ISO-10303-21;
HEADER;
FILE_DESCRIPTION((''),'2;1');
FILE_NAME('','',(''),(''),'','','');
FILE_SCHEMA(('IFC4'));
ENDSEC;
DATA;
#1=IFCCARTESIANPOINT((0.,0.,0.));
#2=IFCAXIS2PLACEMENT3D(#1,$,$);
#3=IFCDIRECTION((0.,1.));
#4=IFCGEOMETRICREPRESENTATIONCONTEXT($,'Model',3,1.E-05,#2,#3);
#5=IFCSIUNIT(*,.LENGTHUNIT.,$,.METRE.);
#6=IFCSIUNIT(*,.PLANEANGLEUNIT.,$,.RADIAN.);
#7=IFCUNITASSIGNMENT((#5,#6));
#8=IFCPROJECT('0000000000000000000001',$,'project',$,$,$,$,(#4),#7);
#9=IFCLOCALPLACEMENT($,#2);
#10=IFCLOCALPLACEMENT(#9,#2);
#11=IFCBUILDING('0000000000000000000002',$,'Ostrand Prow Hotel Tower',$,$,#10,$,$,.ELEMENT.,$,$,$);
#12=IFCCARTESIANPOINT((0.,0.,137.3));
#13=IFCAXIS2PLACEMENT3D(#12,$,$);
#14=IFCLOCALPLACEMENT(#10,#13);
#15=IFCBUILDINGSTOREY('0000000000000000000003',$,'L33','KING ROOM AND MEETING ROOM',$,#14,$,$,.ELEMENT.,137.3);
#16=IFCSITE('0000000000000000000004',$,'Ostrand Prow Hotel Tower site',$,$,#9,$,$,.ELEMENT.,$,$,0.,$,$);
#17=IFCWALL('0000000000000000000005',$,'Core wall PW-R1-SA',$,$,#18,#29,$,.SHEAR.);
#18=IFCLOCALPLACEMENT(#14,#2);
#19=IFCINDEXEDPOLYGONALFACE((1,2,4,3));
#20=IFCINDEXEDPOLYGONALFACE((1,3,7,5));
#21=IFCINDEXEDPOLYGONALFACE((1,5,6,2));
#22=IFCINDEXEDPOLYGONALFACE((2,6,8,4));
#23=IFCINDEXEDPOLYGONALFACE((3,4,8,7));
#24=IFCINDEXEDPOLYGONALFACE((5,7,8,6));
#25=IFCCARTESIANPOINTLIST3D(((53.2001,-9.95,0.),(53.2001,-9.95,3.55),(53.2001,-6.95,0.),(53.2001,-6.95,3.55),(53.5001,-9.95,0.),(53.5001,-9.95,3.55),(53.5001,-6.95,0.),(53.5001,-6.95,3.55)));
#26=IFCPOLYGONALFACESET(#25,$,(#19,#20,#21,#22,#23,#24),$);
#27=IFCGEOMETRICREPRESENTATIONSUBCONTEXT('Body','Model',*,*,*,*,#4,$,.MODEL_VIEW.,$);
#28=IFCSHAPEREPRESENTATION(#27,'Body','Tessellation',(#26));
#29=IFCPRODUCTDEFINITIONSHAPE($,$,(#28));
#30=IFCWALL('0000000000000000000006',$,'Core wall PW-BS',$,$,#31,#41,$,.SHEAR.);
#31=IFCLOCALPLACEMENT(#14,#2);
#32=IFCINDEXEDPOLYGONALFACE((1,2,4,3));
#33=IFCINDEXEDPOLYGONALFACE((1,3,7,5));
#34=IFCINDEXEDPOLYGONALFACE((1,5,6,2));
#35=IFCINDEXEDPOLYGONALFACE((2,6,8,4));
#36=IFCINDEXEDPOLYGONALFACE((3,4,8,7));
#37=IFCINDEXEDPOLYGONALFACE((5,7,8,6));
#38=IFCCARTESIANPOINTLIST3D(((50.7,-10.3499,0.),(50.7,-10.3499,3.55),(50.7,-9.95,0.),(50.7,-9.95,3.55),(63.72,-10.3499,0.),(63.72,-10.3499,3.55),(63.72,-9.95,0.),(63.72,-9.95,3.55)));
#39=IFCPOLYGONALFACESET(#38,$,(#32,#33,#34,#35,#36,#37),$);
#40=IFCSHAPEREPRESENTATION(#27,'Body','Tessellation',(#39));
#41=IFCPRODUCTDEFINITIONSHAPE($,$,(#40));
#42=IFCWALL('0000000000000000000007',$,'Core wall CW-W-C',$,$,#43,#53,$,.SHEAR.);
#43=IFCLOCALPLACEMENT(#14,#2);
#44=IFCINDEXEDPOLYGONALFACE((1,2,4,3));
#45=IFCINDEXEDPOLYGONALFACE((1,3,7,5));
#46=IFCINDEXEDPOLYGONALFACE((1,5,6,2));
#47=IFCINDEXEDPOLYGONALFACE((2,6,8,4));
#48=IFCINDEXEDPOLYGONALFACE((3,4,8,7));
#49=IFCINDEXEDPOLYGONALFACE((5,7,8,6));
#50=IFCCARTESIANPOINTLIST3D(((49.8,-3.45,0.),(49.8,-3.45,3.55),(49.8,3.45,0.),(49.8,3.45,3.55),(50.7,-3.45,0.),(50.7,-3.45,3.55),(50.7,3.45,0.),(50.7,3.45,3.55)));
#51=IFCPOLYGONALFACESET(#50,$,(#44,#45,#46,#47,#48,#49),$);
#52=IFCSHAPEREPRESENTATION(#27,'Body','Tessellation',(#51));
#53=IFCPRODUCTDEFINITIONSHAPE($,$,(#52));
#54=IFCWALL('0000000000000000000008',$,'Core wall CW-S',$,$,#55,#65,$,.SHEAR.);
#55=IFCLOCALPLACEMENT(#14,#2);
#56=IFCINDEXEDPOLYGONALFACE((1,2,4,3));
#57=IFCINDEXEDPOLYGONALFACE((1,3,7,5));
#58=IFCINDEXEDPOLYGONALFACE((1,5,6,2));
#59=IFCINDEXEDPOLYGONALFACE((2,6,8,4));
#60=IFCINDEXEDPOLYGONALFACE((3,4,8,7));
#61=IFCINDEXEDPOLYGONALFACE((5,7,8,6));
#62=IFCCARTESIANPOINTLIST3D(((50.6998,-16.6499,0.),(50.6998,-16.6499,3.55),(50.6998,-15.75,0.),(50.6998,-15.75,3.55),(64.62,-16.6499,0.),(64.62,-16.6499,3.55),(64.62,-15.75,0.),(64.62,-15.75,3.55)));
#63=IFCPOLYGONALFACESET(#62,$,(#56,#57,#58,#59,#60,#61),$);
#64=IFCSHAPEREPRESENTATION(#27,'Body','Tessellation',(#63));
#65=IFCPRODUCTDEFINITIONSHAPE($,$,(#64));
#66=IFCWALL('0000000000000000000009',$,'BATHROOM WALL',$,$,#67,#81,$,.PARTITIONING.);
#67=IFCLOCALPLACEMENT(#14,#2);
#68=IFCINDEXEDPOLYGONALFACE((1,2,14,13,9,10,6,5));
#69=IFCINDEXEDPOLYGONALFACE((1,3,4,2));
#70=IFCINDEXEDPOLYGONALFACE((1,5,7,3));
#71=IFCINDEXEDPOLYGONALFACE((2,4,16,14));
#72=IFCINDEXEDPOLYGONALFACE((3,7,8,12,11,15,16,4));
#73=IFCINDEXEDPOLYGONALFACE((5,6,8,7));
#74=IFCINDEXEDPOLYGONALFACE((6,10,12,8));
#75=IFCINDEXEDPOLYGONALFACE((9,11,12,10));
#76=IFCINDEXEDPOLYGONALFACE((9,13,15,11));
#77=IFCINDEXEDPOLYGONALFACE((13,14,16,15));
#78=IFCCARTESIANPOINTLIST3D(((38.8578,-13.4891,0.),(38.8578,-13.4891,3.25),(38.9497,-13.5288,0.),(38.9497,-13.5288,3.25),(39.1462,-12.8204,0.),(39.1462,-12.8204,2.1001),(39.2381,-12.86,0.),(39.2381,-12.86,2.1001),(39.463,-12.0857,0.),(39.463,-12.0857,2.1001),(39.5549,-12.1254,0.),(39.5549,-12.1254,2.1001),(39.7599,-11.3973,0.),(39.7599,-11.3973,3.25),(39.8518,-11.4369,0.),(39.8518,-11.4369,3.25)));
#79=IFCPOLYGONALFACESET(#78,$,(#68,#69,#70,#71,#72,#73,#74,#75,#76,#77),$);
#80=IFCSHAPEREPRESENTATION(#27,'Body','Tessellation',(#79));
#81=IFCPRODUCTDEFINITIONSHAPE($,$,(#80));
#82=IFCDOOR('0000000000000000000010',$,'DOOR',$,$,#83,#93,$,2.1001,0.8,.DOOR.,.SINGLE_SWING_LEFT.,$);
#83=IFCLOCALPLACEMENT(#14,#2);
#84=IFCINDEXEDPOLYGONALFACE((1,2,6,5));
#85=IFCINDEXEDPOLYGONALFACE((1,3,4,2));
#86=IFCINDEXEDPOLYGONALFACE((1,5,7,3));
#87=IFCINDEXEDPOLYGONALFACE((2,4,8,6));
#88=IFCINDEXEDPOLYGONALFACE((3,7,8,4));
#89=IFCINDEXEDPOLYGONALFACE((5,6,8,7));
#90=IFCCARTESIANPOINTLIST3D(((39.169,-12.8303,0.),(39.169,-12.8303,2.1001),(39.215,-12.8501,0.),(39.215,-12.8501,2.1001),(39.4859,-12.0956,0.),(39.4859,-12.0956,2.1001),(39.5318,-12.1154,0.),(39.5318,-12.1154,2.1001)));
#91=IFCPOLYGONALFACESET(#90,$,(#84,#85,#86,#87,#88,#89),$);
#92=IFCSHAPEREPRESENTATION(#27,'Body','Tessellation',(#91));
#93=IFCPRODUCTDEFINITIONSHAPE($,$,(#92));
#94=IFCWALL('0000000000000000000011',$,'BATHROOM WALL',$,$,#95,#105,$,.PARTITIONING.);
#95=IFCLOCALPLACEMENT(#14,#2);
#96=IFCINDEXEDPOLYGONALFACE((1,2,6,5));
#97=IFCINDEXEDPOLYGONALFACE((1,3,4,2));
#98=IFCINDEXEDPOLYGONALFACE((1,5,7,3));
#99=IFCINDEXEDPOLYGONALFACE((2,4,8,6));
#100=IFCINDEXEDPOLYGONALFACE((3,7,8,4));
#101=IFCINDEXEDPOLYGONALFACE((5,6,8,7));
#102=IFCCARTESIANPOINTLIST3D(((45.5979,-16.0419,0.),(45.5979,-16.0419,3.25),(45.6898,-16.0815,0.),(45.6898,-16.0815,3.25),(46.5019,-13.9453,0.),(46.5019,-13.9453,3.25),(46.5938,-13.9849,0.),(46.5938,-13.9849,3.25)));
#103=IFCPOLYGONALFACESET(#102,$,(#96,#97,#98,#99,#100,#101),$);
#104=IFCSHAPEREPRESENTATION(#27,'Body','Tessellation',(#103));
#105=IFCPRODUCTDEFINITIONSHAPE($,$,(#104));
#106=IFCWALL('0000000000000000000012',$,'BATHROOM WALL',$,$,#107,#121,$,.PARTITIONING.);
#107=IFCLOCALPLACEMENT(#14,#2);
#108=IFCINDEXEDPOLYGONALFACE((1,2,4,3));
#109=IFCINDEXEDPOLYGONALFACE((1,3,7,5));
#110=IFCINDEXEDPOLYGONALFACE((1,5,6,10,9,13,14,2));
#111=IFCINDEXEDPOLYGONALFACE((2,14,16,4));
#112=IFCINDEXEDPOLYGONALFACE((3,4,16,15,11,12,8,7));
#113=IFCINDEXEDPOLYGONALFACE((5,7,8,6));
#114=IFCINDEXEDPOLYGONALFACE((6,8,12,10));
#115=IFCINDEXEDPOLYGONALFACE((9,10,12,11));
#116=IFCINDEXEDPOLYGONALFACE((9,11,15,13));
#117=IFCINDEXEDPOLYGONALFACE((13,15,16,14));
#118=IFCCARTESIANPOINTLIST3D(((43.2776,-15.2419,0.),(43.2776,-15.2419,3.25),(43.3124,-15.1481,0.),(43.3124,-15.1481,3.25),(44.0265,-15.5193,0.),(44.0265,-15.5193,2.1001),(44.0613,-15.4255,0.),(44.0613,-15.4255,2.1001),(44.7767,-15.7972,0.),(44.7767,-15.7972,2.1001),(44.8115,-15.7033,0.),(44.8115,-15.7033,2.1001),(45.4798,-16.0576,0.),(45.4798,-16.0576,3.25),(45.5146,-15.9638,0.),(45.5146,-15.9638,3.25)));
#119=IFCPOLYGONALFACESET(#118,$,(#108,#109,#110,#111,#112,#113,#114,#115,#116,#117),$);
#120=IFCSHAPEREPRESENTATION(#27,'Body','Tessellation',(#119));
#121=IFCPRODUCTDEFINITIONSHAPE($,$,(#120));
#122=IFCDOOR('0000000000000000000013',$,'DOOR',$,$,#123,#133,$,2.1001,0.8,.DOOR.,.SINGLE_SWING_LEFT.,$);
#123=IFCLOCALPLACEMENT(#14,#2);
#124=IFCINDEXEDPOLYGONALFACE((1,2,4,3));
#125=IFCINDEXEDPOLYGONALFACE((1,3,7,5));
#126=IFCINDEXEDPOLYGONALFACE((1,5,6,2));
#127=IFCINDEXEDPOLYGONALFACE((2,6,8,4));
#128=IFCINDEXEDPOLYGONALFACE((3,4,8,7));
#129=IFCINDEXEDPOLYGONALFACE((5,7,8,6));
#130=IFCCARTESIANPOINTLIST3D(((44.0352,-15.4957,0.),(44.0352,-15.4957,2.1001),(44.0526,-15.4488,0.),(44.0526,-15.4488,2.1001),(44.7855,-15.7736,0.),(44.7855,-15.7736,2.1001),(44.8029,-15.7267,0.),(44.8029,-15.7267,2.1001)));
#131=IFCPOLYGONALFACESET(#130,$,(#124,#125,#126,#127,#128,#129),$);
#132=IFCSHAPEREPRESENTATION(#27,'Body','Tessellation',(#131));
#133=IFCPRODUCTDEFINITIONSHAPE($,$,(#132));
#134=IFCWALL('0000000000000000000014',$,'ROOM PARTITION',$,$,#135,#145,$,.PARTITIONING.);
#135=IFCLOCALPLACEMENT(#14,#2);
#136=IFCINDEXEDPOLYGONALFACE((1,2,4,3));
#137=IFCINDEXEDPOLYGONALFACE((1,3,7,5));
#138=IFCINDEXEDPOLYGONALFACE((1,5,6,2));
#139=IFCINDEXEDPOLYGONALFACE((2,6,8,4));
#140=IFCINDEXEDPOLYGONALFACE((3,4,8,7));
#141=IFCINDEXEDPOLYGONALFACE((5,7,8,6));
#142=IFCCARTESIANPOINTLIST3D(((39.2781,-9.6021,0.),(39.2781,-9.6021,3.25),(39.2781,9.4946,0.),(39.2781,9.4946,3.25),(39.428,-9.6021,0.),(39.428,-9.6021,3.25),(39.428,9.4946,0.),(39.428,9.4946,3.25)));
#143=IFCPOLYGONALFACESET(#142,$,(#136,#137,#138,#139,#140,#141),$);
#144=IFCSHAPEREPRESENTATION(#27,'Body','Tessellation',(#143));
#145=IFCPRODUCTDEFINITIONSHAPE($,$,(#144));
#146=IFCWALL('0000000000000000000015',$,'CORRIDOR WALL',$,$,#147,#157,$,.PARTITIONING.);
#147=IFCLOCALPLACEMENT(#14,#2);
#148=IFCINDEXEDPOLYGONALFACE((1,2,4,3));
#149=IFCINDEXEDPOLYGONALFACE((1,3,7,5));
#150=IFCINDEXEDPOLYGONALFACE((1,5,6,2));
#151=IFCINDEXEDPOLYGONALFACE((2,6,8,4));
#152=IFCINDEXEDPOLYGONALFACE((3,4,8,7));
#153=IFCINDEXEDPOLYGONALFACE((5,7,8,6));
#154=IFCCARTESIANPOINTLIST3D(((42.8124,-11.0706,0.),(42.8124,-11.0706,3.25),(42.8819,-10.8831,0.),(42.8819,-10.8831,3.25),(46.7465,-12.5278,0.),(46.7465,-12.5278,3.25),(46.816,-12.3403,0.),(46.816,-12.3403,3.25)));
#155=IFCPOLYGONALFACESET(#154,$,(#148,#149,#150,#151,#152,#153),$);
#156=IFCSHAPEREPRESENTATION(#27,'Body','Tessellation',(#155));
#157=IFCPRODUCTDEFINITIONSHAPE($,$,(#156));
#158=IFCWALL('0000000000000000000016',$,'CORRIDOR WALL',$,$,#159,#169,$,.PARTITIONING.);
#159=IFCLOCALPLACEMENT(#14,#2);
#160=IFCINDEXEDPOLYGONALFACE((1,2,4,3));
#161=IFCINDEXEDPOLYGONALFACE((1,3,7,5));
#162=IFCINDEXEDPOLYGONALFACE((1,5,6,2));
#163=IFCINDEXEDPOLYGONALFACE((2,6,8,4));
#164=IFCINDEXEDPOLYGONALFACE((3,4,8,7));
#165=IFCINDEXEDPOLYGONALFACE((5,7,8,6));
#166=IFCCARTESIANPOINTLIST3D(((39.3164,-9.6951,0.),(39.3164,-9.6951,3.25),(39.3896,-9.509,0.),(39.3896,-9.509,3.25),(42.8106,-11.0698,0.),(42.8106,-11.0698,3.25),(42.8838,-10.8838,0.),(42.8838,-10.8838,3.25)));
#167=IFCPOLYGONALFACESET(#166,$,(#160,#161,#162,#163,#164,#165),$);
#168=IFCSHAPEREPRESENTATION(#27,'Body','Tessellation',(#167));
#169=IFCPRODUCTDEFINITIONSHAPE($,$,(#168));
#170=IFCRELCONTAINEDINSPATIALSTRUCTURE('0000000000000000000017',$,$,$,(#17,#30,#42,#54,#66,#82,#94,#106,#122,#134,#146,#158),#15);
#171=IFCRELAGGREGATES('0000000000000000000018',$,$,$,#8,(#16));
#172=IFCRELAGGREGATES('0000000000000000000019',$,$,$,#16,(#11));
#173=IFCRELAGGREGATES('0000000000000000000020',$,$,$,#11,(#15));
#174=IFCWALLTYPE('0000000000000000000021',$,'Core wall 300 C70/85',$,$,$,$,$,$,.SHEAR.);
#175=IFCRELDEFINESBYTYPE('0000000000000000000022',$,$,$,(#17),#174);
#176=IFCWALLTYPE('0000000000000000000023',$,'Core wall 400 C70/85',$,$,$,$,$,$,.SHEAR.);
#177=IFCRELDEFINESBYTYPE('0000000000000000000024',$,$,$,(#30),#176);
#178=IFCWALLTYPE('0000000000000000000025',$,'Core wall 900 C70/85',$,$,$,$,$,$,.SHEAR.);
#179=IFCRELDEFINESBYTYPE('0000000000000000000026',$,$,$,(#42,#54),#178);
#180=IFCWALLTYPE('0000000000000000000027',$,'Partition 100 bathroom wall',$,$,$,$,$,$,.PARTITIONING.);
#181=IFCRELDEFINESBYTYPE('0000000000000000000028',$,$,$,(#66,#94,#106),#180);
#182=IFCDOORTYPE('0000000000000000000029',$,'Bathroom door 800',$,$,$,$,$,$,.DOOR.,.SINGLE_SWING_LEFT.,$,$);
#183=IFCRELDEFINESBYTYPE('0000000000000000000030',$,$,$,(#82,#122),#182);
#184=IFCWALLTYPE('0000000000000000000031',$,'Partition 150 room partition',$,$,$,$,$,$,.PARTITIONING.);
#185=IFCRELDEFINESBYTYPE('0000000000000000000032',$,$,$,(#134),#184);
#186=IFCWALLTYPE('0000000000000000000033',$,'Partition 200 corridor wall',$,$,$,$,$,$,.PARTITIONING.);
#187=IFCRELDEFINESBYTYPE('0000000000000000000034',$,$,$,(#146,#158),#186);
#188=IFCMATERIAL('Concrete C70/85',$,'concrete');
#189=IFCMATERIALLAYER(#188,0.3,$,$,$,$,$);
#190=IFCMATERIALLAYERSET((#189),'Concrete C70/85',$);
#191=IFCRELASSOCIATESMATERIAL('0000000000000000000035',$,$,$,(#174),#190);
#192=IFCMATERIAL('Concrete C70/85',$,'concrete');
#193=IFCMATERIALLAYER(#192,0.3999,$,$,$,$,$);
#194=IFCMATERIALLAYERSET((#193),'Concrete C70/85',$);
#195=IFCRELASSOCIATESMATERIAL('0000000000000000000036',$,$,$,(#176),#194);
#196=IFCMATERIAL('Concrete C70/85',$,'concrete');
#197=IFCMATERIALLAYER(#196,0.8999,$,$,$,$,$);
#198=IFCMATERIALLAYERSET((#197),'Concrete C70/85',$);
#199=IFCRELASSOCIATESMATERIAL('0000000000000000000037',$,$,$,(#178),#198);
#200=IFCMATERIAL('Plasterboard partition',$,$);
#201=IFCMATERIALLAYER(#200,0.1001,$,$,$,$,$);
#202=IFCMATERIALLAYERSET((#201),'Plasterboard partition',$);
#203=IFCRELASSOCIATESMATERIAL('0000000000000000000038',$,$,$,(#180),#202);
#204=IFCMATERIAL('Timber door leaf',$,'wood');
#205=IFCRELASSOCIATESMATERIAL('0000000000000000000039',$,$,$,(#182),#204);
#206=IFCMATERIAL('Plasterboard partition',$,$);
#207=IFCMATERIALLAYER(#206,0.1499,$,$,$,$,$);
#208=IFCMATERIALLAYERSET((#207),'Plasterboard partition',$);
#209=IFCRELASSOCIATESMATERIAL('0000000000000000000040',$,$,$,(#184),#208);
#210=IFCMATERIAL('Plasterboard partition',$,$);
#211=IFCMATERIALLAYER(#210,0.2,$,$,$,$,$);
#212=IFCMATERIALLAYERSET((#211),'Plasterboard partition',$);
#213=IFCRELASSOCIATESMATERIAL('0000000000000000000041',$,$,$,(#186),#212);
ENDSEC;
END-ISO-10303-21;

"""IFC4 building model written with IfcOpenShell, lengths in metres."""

from ifc_helpers import new_model, si_unit, direction, frame, frame_2d, origin, place, context, subcontext, project, spatial, rectangle, extrude, material, layer, layer_set, type_object, element, fill, save


model = new_model("IFC4")

# Units and contexts
model_context = context("Model", 3, precision=1e-05, world=origin(), true_north=direction((0.0, 1.0)))
body_context = subcontext(model_context, "Body", "Model", "MODEL_VIEW")
ifc_project = project(units=[si_unit("LENGTHUNIT", "METRE"), si_unit("PLANEANGLEUNIT", "RADIAN")], contexts=[model_context])

# Site, building, storey
site_placement = place(None, origin())
site = spatial("IfcSite", under=ifc_project, at=site_placement, Name="Ostrand Prow Hotel Tower site", CompositionType="ELEMENT", RefElevation=0.0)
building_placement = place(site_placement, origin())
building = spatial("IfcBuilding", under=site, at=building_placement, Name="Ostrand Prow Hotel Tower", CompositionType="ELEMENT")
storey_placement = place(building_placement, frame((0.0, 0.0, 137.3)))
storey = spatial("IfcBuildingStorey", under=building, at=storey_placement, Name="L33", Description="KING ROOM AND MEETING ROOM", CompositionType="ELEMENT", Elevation=137.3)

# Shared definitions
ifc_material_1 = material(Name="Concrete C70/85", Category="concrete")
ifc_layer_1 = layer(ifc_material_1, 0.3)
ifc_layer_set_1 = layer_set([ifc_layer_1], Name="Concrete C70/85")
wall_type_1 = type_object("IfcWallType", Name="Core wall 300 C70/85", PredefinedType="SHEAR", material=ifc_layer_set_1)

# Walls
for number, where, z_axis, x_axis, name in (
    (1, (53.3501, -9.95, 0.0), (0.0, 0.0, 1.0), (0.0, 1.0, 0.0), "Core wall PW-R1-SA"),
):
    element("IfcWall", number, at=place(storey_placement, frame(where, z_axis=z_axis, x_axis=x_axis)), inside=storey, type_object=wall_type_1, Name=name, PredefinedType="SHEAR", context=body_context, shape_type="SweptSolid", body=[
        extrude(rectangle(XDim=3.0, YDim=0.3, at=frame_2d((1.5, 0.0))), origin(), (0.0, 0.0, 1.0), 3.55),
    ])
ifc_material_2 = material(Name="Concrete C70/85", Category="concrete")
ifc_layer_2 = layer(ifc_material_2, 0.3999)
ifc_layer_set_2 = layer_set([ifc_layer_2], Name="Concrete C70/85")
wall_type_2 = type_object("IfcWallType", Name="Core wall 400 C70/85", PredefinedType="SHEAR", material=ifc_layer_set_2)
wall_1_placement = place(storey_placement, frame((50.7, -10.1499, 0.0), z_axis=(0.0, 0.0, 1.0), x_axis=(1.0, 0.0, 0.0)))
element("IfcWall", 2, at=wall_1_placement, inside=storey, type_object=wall_type_2, Name="Core wall PW-BS", PredefinedType="SHEAR", context=body_context, shape_type="SweptSolid", body=[
    extrude(rectangle(XDim=13.02, YDim=0.3999, at=frame_2d((6.51, 0.0))), origin(), (0.0, 0.0, 1.0), 3.55),
])
ifc_material_3 = material(Name="Concrete C70/85", Category="concrete")
ifc_layer_3 = layer(ifc_material_3, 0.8999)
ifc_layer_set_3 = layer_set([ifc_layer_3], Name="Concrete C70/85")
wall_type_3 = type_object("IfcWallType", Name="Core wall 900 C70/85", PredefinedType="SHEAR", material=ifc_layer_set_3)
wall_2_placement = place(storey_placement, frame((50.25, -3.45, 0.0), z_axis=(0.0, 0.0, 1.0), x_axis=(0.0, 1.0, 0.0)))
element("IfcWall", 3, at=wall_2_placement, inside=storey, type_object=wall_type_3, Name="Core wall CW-W-C", PredefinedType="SHEAR", context=body_context, shape_type="SweptSolid", body=[
    extrude(rectangle(XDim=6.8999, YDim=0.8999, at=frame_2d((3.45, 0.0))), origin(), (0.0, 0.0, 1.0), 3.55),
])
wall_3_placement = place(storey_placement, frame((50.7, -16.2, 0.0), z_axis=(0.0, 0.0, 1.0), x_axis=(1.0, 0.0, 0.0)))
element("IfcWall", 4, at=wall_3_placement, inside=storey, type_object=wall_type_3, Name="Core wall CW-S", PredefinedType="SHEAR", context=body_context, shape_type="SweptSolid", body=[
    extrude(rectangle(XDim=13.9202, YDim=0.8999, at=frame_2d((6.96, 0.0))), origin(), (0.0, 0.0, 1.0), 3.55),
])

# Wall, opening, door
ifc_material_4 = material(Name="Plasterboard partition")
ifc_layer_4 = layer(ifc_material_4, 0.1001)
ifc_layer_set_4 = layer_set([ifc_layer_4], Name="Plasterboard partition")
wall_type_4 = type_object("IfcWallType", Name="Partition 100 bathroom wall", PredefinedType="PARTITIONING", material=ifc_layer_set_4)
wall_4_placement = place(storey_placement, frame((39.8059, -11.417, 0.0), z_axis=(0.0, 0.0, 1.0), x_axis=(-0.396001, -0.91825, 0.0)))
wall_4 = element("IfcWall", 5, at=wall_4_placement, inside=storey, type_object=wall_type_4, Name="BATHROOM WALL", PredefinedType="PARTITIONING", context=body_context, shape_type="SweptSolid", body=[
    extrude(rectangle(XDim=2.2781, YDim=0.1001, at=frame_2d((1.1392, 0.0))), origin(), (0.0, 0.0, 1.0), 3.25),
])
opening_1_placement = place(wall_4_placement, frame((0.75, 0.0, 0.0)))
opening_1 = element("IfcOpeningElement", 6, at=opening_1_placement, cuts=wall_4, PredefinedType="OPENING", context=body_context, shape_type="SweptSolid", body=[
    extrude(rectangle(XDim=0.8, YDim=2.1001, at=frame_2d((0.3999, 1.05))), frame((0.0, 0.0601, 0.0), z_axis=(0.0, -1.0, 0.0), x_axis=(1.0, 0.0, 0.0)), (0.0, 0.0, 1.0), 0.1201),
])
ifc_material_5 = material(Name="Timber door leaf", Category="wood")
door_type_1 = type_object("IfcDoorType", Name="Bathroom door 800", OperationType="SINGLE_SWING_LEFT", PredefinedType="DOOR", material=ifc_material_5)
door_1_placement = place(opening_1_placement, origin())
door_1 = element("IfcDoor", 7, at=door_1_placement, inside=storey, type_object=door_type_1, Name="DOOR", OperationType="SINGLE_SWING_LEFT", OverallHeight=2.1001, OverallWidth=0.8, PredefinedType="DOOR", context=body_context, shape_type="SweptSolid", body=[
    extrude(rectangle(XDim=0.8, YDim=2.1001, at=frame_2d((0.3999, 1.05))), frame((0.0, 0.0249, 0.0), z_axis=(0.0, -1.0, 0.0), x_axis=(1.0, 0.0, 0.0)), (0.0, 0.0, 1.0), 0.05),
])
fill(opening_1, door_1)

# Wall
wall_5_placement = place(storey_placement, frame((46.5479, -13.9651, 0.0), z_axis=(0.0, 0.0, 1.0), x_axis=(-0.395944, -0.918274, 0.0)))
element("IfcWall", 8, at=wall_5_placement, inside=storey, type_object=wall_type_4, Name="BATHROOM WALL", PredefinedType="PARTITIONING", context=body_context, shape_type="SweptSolid", body=[
    extrude(rectangle(XDim=2.2832, YDim=0.1001, at=frame_2d((1.1416, 0.0))), origin(), (0.0, 0.0, 1.0), 3.25),
])

# Wall, opening, door
wall_6_placement = place(storey_placement, frame((45.4973, -16.0107, 0.0), z_axis=(0.0, 0.0, 1.0), x_axis=(-0.93774, 0.347338, 0.0)))
wall_6 = element("IfcWall", 9, at=wall_6_placement, inside=storey, type_object=wall_type_4, Name="BATHROOM WALL", PredefinedType="PARTITIONING", context=body_context, shape_type="SweptSolid", body=[
    extrude(rectangle(XDim=2.3484, YDim=0.1001, at=frame_2d((1.1743, 0.0))), origin(), (0.0, 0.0, 1.0), 3.25),
])
opening_2_placement = place(wall_6_placement, frame((0.75, 0.0, 0.0)))
opening_2 = element("IfcOpeningElement", 10, at=opening_2_placement, cuts=wall_6, PredefinedType="OPENING", context=body_context, shape_type="SweptSolid", body=[
    extrude(rectangle(XDim=0.8, YDim=2.1001, at=frame_2d((0.3999, 1.05))), frame((0.0, 0.0601, 0.0), z_axis=(0.0, -1.0, 0.0), x_axis=(1.0, 0.0, 0.0)), (0.0, 0.0, 1.0), 0.1201),
])
door_2_placement = place(opening_2_placement, origin())
door_2 = element("IfcDoor", 11, at=door_2_placement, inside=storey, type_object=door_type_1, Name="DOOR", OperationType="SINGLE_SWING_LEFT", OverallHeight=2.1001, OverallWidth=0.8, PredefinedType="DOOR", context=body_context, shape_type="SweptSolid", body=[
    extrude(rectangle(XDim=0.8, YDim=2.1001, at=frame_2d((0.3999, 1.05))), frame((0.0, 0.0249, 0.0), z_axis=(0.0, -1.0, 0.0), x_axis=(1.0, 0.0, 0.0)), (0.0, 0.0, 1.0), 0.05),
])
fill(opening_2, door_2)

# Walls
ifc_material_6 = material(Name="Plasterboard partition")
ifc_layer_5 = layer(ifc_material_6, 0.1499)
ifc_layer_set_5 = layer_set([ifc_layer_5], Name="Plasterboard partition")
wall_type_5 = type_object("IfcWallType", Name="Partition 150 room partition", PredefinedType="PARTITIONING", material=ifc_layer_set_5)
wall_7_placement = place(storey_placement, frame((39.353, -9.6021, 0.0), z_axis=(0.0, 0.0, 1.0), x_axis=(0.0, 1.0, 0.0)))
element("IfcWall", 12, at=wall_7_placement, inside=storey, type_object=wall_type_5, Name="ROOM PARTITION", PredefinedType="PARTITIONING", context=body_context, shape_type="SweptSolid", body=[
    extrude(rectangle(XDim=19.0967, YDim=0.1499, at=frame_2d((9.5483, 0.0))), origin(), (0.0, 0.0, 1.0), 3.25),
])
ifc_material_7 = material(Name="Plasterboard partition")
ifc_layer_6 = layer(ifc_material_7, 0.2)
ifc_layer_set_6 = layer_set([ifc_layer_6], Name="Plasterboard partition")
wall_type_6 = type_object("IfcWallType", Name="Partition 200 corridor wall", PredefinedType="PARTITIONING", material=ifc_layer_set_6)
wall_8_placement = place(storey_placement, frame((46.7812, -12.4341, 0.0), z_axis=(0.0, 0.0, 1.0), x_axis=(-0.937733, 0.347358, 0.0)))
element("IfcWall", 13, at=wall_8_placement, inside=storey, type_object=wall_type_6, Name="CORRIDOR WALL", PredefinedType="PARTITIONING", context=body_context, shape_type="SweptSolid", body=[
    extrude(rectangle(XDim=4.1953, YDim=0.2, at=frame_2d((2.0977, 0.0))), origin(), (0.0, 0.0, 1.0), 3.25),
])
wall_9_placement = place(storey_placement, frame((42.8472, -10.9768, 0.0), z_axis=(0.0, 0.0, 1.0), x_axis=(-0.930565, 0.366127, 0.0)))
element("IfcWall", 14, at=wall_9_placement, inside=storey, type_object=wall_type_6, Name="CORRIDOR WALL", PredefinedType="PARTITIONING", context=body_context, shape_type="SweptSolid", body=[
    extrude(rectangle(XDim=3.7549, YDim=0.2, at=frame_2d((1.8774, 0.0))), origin(), (0.0, 0.0, 1.0), 3.25),
])

save(model, "model.ifc")
